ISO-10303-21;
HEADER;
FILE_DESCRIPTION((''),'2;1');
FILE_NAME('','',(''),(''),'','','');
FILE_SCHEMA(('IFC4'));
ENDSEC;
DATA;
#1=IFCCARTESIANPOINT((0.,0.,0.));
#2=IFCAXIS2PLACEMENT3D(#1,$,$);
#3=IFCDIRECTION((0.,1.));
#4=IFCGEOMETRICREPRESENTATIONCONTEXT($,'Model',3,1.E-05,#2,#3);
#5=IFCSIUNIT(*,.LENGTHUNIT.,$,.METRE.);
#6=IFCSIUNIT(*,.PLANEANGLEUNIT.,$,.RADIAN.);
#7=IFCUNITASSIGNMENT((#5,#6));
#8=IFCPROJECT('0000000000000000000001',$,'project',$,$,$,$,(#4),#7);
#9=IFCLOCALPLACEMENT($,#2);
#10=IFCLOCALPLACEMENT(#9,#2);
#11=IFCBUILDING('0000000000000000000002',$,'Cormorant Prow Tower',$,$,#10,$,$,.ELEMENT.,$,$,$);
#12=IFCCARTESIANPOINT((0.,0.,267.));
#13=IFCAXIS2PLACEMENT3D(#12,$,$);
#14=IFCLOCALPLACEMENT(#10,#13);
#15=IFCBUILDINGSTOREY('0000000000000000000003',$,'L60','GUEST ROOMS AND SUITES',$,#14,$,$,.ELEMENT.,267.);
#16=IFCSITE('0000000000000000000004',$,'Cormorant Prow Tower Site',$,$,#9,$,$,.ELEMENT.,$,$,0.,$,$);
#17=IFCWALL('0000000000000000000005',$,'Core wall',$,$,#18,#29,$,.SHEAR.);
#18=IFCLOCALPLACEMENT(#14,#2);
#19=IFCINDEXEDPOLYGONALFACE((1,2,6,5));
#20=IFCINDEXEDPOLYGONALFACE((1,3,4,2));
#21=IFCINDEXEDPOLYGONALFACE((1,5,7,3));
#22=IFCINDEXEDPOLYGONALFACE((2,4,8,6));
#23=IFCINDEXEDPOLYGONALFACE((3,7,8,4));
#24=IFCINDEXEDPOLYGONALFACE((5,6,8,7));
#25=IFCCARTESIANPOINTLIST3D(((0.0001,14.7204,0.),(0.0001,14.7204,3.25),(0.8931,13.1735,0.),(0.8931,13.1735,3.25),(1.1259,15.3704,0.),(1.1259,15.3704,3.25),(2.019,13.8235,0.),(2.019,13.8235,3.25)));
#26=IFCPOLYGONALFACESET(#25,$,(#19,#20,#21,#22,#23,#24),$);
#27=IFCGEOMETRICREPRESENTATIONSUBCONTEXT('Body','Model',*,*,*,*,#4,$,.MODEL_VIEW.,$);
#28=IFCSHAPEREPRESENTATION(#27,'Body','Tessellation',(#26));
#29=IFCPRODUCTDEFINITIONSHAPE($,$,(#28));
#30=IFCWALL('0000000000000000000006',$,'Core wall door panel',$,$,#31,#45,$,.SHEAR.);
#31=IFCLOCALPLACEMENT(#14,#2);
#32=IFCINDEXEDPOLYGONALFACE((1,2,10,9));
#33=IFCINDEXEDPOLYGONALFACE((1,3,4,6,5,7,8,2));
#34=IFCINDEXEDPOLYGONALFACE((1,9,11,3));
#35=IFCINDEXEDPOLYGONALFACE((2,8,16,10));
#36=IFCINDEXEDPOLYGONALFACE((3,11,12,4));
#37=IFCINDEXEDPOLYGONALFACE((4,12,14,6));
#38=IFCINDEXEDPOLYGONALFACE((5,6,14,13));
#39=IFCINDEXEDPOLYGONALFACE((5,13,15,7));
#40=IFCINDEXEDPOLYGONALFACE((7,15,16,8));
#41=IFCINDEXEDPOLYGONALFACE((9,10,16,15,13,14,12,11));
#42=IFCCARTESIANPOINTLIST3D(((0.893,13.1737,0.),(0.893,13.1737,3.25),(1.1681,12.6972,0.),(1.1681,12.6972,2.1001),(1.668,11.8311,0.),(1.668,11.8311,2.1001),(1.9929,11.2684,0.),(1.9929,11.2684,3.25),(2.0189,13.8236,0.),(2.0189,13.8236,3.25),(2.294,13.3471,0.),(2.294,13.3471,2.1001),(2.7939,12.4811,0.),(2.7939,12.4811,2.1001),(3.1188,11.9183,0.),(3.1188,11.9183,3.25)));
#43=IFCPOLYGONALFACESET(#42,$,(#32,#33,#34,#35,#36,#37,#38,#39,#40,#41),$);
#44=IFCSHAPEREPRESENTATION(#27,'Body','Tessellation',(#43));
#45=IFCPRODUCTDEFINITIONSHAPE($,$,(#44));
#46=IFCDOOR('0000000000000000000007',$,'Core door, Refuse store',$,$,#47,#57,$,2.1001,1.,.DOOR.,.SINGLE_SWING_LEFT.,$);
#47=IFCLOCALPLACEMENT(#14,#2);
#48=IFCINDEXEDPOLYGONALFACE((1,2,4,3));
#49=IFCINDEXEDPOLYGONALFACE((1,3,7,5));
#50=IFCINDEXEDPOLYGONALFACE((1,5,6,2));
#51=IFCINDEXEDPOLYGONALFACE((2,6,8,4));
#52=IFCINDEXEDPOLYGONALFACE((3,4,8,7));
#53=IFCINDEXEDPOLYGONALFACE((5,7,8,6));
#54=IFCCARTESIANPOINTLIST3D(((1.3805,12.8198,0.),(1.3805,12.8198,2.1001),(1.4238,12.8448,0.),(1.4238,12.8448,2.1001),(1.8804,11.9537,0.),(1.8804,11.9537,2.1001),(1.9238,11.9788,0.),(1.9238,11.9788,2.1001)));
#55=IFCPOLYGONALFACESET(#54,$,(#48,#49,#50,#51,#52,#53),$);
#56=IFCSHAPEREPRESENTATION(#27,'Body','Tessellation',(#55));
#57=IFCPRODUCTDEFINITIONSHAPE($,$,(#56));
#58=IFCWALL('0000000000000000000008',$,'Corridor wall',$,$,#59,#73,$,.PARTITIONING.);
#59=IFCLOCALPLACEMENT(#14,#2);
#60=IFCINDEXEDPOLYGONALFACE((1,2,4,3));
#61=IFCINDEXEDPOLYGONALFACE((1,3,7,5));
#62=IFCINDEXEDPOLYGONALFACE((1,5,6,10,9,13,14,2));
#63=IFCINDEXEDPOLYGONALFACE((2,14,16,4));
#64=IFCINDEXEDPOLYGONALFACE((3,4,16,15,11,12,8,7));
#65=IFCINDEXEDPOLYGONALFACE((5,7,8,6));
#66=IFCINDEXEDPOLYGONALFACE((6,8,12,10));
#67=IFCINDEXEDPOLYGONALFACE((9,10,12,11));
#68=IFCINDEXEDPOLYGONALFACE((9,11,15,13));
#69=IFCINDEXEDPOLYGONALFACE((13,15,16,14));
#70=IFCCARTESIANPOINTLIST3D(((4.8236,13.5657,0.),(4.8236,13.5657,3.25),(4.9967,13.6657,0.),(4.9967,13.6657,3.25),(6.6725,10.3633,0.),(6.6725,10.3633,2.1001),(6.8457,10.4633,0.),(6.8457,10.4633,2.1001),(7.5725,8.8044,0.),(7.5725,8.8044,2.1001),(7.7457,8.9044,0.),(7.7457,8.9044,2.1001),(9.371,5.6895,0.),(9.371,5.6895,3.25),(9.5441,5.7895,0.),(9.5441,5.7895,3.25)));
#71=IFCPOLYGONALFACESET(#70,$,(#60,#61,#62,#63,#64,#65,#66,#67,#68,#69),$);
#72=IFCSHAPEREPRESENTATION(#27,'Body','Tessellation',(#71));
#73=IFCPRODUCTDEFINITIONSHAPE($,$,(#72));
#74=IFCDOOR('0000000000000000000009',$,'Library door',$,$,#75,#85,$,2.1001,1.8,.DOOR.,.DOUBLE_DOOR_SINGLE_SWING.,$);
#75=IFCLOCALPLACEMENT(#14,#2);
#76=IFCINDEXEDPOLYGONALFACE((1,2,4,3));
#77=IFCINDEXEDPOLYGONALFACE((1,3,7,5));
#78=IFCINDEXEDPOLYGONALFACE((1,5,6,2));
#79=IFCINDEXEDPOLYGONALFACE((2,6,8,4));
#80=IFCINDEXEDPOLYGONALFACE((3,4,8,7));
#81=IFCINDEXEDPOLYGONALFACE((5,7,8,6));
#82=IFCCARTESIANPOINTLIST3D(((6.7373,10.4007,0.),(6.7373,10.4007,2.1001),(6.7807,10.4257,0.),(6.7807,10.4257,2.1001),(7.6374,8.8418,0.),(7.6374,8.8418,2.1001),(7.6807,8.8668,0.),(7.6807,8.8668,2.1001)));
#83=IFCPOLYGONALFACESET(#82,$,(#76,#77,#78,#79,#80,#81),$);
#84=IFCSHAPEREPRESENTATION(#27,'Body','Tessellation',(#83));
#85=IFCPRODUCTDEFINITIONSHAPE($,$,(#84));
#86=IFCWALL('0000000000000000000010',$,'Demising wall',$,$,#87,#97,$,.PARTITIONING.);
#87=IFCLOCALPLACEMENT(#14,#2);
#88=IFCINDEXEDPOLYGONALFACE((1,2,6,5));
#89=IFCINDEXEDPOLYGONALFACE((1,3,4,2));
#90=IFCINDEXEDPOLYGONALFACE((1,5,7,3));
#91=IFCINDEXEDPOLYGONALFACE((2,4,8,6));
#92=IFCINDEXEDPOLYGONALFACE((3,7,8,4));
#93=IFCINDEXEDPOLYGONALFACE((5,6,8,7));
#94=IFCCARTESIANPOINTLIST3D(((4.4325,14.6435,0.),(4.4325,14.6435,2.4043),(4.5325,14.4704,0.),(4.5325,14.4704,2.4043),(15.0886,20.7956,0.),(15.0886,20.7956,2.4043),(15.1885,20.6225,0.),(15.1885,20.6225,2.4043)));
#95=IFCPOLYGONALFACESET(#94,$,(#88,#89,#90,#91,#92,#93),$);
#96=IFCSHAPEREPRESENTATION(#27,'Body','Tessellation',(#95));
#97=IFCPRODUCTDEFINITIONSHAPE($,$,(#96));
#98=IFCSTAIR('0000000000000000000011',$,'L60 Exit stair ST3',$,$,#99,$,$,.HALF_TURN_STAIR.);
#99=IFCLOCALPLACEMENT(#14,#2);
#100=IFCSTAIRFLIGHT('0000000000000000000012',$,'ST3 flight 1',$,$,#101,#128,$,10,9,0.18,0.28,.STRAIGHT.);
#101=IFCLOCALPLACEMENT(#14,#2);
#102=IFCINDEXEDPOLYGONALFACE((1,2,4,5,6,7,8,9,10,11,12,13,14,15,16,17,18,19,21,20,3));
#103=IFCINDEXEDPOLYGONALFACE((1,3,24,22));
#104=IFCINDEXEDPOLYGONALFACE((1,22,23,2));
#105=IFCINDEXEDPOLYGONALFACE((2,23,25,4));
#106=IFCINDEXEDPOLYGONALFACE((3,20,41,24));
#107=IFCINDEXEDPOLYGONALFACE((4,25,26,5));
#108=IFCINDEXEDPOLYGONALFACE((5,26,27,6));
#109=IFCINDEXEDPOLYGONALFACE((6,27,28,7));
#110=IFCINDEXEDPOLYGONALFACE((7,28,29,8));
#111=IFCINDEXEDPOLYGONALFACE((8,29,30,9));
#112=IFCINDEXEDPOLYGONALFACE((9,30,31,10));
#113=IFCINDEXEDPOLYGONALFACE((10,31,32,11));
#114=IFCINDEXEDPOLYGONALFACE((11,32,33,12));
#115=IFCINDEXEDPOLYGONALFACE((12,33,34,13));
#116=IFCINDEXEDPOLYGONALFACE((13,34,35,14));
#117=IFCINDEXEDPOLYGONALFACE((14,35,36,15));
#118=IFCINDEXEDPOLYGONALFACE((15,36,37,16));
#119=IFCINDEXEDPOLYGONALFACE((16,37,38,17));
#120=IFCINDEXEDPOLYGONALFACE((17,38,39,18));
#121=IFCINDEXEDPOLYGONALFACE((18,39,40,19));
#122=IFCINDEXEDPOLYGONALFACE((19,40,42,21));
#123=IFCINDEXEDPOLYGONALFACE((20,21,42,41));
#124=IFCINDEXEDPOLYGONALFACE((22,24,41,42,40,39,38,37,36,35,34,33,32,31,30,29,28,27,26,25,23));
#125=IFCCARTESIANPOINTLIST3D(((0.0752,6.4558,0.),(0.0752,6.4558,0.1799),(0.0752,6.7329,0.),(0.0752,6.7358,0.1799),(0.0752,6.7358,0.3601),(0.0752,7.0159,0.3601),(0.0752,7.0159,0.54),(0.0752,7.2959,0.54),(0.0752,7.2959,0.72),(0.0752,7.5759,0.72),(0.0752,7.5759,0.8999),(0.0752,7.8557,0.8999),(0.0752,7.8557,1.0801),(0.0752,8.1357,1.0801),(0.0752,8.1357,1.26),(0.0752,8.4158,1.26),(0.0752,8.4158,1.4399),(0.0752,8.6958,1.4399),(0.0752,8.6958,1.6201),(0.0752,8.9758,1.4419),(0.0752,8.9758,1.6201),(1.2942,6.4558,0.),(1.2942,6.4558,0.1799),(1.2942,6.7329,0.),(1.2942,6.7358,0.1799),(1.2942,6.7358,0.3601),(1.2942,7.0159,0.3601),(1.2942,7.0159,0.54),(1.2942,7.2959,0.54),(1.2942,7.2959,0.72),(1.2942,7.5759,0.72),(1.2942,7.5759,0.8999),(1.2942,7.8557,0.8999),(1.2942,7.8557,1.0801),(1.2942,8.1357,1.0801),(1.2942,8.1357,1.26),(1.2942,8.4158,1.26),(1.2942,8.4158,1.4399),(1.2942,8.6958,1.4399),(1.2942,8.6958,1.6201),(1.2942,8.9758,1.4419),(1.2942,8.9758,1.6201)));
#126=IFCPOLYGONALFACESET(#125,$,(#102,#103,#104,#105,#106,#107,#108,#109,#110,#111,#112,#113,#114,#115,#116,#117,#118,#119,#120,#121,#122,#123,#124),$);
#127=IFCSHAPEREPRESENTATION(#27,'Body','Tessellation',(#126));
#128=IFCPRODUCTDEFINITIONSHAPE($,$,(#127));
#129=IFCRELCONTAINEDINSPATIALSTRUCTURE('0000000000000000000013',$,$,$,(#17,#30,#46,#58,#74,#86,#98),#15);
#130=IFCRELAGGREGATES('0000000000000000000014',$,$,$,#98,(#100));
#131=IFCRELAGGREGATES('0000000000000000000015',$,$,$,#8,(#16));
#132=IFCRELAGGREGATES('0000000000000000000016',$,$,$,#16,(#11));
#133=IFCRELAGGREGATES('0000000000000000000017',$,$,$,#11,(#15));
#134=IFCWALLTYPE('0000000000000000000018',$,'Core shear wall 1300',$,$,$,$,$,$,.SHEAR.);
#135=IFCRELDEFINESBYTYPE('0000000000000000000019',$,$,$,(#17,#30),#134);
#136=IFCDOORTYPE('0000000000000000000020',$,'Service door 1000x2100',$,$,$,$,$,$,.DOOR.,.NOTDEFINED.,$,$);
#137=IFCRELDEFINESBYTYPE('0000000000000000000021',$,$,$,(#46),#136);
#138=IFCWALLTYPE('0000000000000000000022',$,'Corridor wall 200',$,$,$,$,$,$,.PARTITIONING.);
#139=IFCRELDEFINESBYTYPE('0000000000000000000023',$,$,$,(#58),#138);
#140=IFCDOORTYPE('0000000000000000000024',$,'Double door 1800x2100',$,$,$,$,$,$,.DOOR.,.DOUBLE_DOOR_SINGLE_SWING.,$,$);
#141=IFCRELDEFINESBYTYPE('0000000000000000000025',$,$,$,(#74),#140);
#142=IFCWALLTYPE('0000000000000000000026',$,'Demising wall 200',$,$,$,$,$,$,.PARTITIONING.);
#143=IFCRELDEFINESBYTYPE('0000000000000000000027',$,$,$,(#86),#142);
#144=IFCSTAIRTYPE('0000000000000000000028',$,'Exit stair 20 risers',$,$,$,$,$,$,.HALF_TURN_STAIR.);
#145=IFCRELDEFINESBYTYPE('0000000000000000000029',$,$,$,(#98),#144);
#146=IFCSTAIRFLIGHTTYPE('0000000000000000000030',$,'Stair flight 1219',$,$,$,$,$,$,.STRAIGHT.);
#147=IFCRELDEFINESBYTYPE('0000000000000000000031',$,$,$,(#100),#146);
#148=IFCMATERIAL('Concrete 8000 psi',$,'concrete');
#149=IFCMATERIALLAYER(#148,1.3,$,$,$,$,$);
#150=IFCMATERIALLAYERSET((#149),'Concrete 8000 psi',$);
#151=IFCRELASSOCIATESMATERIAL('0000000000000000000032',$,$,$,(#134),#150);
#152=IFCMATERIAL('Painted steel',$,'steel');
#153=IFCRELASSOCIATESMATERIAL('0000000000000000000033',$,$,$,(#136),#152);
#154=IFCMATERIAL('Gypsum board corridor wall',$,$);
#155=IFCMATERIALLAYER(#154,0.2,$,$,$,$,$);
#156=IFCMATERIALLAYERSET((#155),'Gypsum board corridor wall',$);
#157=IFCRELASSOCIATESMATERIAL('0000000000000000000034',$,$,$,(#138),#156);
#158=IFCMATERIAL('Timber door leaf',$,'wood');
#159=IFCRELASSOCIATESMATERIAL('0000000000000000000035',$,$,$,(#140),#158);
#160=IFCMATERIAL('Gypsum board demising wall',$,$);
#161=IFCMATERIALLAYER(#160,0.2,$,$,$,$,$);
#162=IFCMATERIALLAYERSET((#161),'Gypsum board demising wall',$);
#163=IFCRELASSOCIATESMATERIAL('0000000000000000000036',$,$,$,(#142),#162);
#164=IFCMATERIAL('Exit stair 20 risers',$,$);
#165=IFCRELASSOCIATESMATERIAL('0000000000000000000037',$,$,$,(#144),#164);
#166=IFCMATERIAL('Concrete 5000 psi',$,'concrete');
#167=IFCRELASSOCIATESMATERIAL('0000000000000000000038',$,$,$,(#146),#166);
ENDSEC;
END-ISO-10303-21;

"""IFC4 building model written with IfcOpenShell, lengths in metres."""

from ifc_helpers import new_model, si_unit, direction, frame, frame_2d, origin, place, context, subcontext, project, spatial, polyline, rectangle, outline, extrude, material, layer, layer_set, type_object, element, fill, aggregate, save


model = new_model("IFC4")

# Units and contexts
model_context = context("Model", 3, precision=1e-05, world=origin(), true_north=direction((0.0, 1.0)))
body_context = subcontext(model_context, "Body", "Model", "MODEL_VIEW")
ifc_project = project(units=[si_unit("LENGTHUNIT", "METRE"), si_unit("PLANEANGLEUNIT", "RADIAN")], contexts=[model_context])

# Site, building, storey
site_placement = place(None, origin())
site = spatial("IfcSite", under=ifc_project, at=site_placement, Name="Cormorant Prow Tower Site", CompositionType="ELEMENT", RefElevation=0.0)
building_placement = place(site_placement, origin())
building = spatial("IfcBuilding", under=site, at=building_placement, Name="Cormorant Prow Tower", CompositionType="ELEMENT")
storey_placement = place(building_placement, frame((0.0, 0.0, 267.0)))
storey = spatial("IfcBuildingStorey", under=building, at=storey_placement, Name="L60", Description="GUEST ROOMS AND SUITES", CompositionType="ELEMENT", Elevation=267.0)

# Wall
ifc_material_1 = material(Name="Concrete 8000 psi", Category="concrete")
ifc_layer_1 = layer(ifc_material_1, 1.3)
ifc_layer_set_1 = layer_set([ifc_layer_1], Name="Concrete 8000 psi")
wall_type_1 = type_object("IfcWallType", Name="Core shear wall 1300", PredefinedType="SHEAR", material=ifc_layer_set_1)
wall_1_placement = place(storey_placement, frame((1.4561, 13.4985, 0.0), z_axis=(0.0, 0.0, 1.0), x_axis=(-0.499991, 0.866031, 0.0)))
element("IfcWall", 1, at=wall_1_placement, inside=storey, type_object=wall_type_1, Name="Core wall", PredefinedType="SHEAR", context=body_context, shape_type="SweptSolid", body=[
    extrude(rectangle(XDim=1.7861, YDim=1.3, at=frame_2d((0.8931, 0.0))), origin(), (0.0, 0.0, 1.0), 3.25),
])

# Walls, openings, doors
wall_2_placement = place(storey_placement, frame((2.5559, 11.5933, 0.0), z_axis=(0.0, 0.0, 1.0), x_axis=(-0.499947, 0.866056, 0.0)))
wall_2 = element("IfcWall", 2, at=wall_2_placement, inside=storey, type_object=wall_type_1, Name="Core wall door panel", PredefinedType="SHEAR", context=body_context, shape_type="SweptSolid", body=[
    extrude(rectangle(XDim=2.2, YDim=1.3, at=frame_2d((1.1001, 0.0))), origin(), (0.0, 0.0, 1.0), 3.25),
])
opening_1_placement = place(wall_2_placement, frame((0.6499, 0.0, 0.0)))
opening_1 = element("IfcOpeningElement", 3, at=opening_1_placement, cuts=wall_2, PredefinedType="OPENING", context=body_context, shape_type="SweptSolid", body=[
    extrude(rectangle(XDim=1.0, YDim=2.1001, at=frame_2d((0.5, 1.05))), frame((0.0, 0.6599, 0.0), z_axis=(0.0, -1.0, 0.0), x_axis=(1.0, 0.0, 0.0)), (0.0, 0.0, 1.0), 1.3201),
])
ifc_material_2 = material(Name="Painted steel", Category="steel")
door_type_1 = type_object("IfcDoorType", Name="Service door 1000x2100", OperationType="NOTDEFINED", PredefinedType="DOOR", material=ifc_material_2)
door_1_placement = place(opening_1_placement, origin())
door_1 = element("IfcDoor", 4, at=door_1_placement, inside=storey, type_object=door_type_1, Name="Core door, Refuse store", OperationType="SINGLE_SWING_LEFT", OverallHeight=2.1001, OverallWidth=1.0, PredefinedType="DOOR", context=body_context, shape_type="SweptSolid", body=[
    extrude(rectangle(XDim=1.0, YDim=2.1001, at=frame_2d((0.5, 1.05))), frame((0.0, 0.4048, 0.0), z_axis=(0.0, -1.0, 0.0), x_axis=(1.0, 0.0, 0.0)), (0.0, 0.0, 1.0), 0.05),
])
fill(opening_1, door_1)
ifc_material_3 = material(Name="Gypsum board corridor wall")
ifc_layer_2 = layer(ifc_material_3, 0.2)
ifc_layer_set_2 = layer_set([ifc_layer_2], Name="Gypsum board corridor wall")
wall_type_2 = type_object("IfcWallType", Name="Corridor wall 200", PredefinedType="PARTITIONING", material=ifc_layer_set_2)
wall_3_placement = place(storey_placement, frame((4.9102, 13.6157, 0.0), z_axis=(0.0, 0.0, 1.0), x_axis=(0.500002, -0.866024, 0.0)))
wall_3 = element("IfcWall", 5, at=wall_3_placement, inside=storey, type_object=wall_type_2, Name="Corridor wall", PredefinedType="PARTITIONING", context=body_context, shape_type="SweptSolid", body=[
    extrude(rectangle(XDim=9.0947, YDim=0.2, at=frame_2d((4.5474, 0.0))), origin(), (0.0, 0.0, 1.0), 3.25),
])
opening_2_placement = place(wall_3_placement, frame((3.698, 0.0, 0.0)))
opening_2 = element("IfcOpeningElement", 6, at=opening_2_placement, cuts=wall_3, PredefinedType="OPENING", context=body_context, shape_type="SweptSolid", body=[
    extrude(rectangle(XDim=1.8, YDim=2.1001, at=frame_2d((0.8999, 1.05))), frame((0.0, 0.1099, 0.0), z_axis=(0.0, -1.0, 0.0), x_axis=(1.0, 0.0, 0.0)), (0.0, 0.0, 1.0), 0.22),
])
ifc_material_4 = material(Name="Timber door leaf", Category="wood")
door_type_2 = type_object("IfcDoorType", Name="Double door 1800x2100", OperationType="DOUBLE_DOOR_SINGLE_SWING", PredefinedType="DOOR", material=ifc_material_4)
door_2_placement = place(opening_2_placement, origin())
door_2 = element("IfcDoor", 7, at=door_2_placement, inside=storey, type_object=door_type_2, Name="Library door", OperationType="DOUBLE_DOOR_SINGLE_SWING", OverallHeight=2.1001, OverallWidth=1.8, PredefinedType="DOOR", context=body_context, shape_type="SweptSolid", body=[
    extrude(rectangle(XDim=1.8, YDim=2.1001, at=frame_2d((0.8999, 1.05))), frame((0.0, 0.0249, 0.0), z_axis=(0.0, -1.0, 0.0), x_axis=(1.0, 0.0, 0.0)), (0.0, 0.0, 1.0), 0.05),
])
fill(opening_2, door_2)

# Wall
ifc_material_5 = material(Name="Gypsum board demising wall")
ifc_layer_3 = layer(ifc_material_5, 0.2)
ifc_layer_set_3 = layer_set([ifc_layer_3], Name="Gypsum board demising wall")
wall_type_3 = type_object("IfcWallType", Name="Demising wall 200", PredefinedType="PARTITIONING", material=ifc_layer_set_3)
wall_4_placement = place(storey_placement, frame((4.4824, 14.5569, 0.0), z_axis=(0.0, 0.0, 1.0), x_axis=(0.866031, 0.499991, 0.0)))
element("IfcWall", 8, at=wall_4_placement, inside=storey, type_object=wall_type_3, Name="Demising wall", PredefinedType="PARTITIONING", context=body_context, shape_type="SweptSolid", body=[
    extrude(rectangle(XDim=12.3044, YDim=0.2, at=frame_2d((6.1523, 0.0))), origin(), (0.0, 0.0, 1.0), 2.4043),
])

# Stair, stair flight
ifc_material_6 = material(Name="Exit stair 20 risers")
stair_type = type_object("IfcStairType", Name="Exit stair 20 risers", PredefinedType="HALF_TURN_STAIR", material=ifc_material_6)
stair_placement = place(storey_placement, origin())
stair = element("IfcStair", 9, at=stair_placement, inside=storey, type_object=stair_type, Name="L60 Exit stair ST3", PredefinedType="HALF_TURN_STAIR")
ifc_material_7 = material(Name="Concrete 5000 psi", Category="concrete")
stair_flight_type = type_object("IfcStairFlightType", Name="Stair flight 1219", PredefinedType="STRAIGHT", material=ifc_material_7)
stair_flight_placement = place(storey_placement, frame((0.6846, 6.4558, 0.0), z_axis=(0.0, 0.0, 1.0), x_axis=(0.0, 1.0, 0.0)))
stair_flight = element("IfcStairFlight", 10, at=stair_flight_placement, type_object=stair_flight_type, Name="ST3 flight 1", NumberOfRisers=10, NumberOfTreads=9, PredefinedType="STRAIGHT", RiserHeight=0.18, TreadLength=0.28, context=body_context, shape_type="SweptSolid", body=[
    extrude(outline(polyline([(0.0, 0.0), (0.0, 0.1799), (0.28, 0.1799), (0.28, 0.3601), (0.5601, 0.3601), (0.5601, 0.54), (0.8401, 0.54), (0.8401, 0.72), (1.1201, 0.72), (1.1201, 0.8999), (1.3999, 0.8999), (1.3999, 1.0801), (1.6799, 1.0801), (1.6799, 1.26), (1.96, 1.26), (1.96, 1.4399), (2.24, 1.4399), (2.24, 1.6201), (2.52, 1.6201), (2.52, 1.8), (2.52, 1.4419), (0.2771, 0.0), (0.0, 0.0)])), frame((0.0, 0.6094, 0.0), z_axis=(0.0, -1.0, 0.0), x_axis=(1.0, 0.0, 0.0)), (0.0, 0.0, 1.0), 1.219),
])
aggregate(stair, [stair_flight])

save(model, "model.ifc")
